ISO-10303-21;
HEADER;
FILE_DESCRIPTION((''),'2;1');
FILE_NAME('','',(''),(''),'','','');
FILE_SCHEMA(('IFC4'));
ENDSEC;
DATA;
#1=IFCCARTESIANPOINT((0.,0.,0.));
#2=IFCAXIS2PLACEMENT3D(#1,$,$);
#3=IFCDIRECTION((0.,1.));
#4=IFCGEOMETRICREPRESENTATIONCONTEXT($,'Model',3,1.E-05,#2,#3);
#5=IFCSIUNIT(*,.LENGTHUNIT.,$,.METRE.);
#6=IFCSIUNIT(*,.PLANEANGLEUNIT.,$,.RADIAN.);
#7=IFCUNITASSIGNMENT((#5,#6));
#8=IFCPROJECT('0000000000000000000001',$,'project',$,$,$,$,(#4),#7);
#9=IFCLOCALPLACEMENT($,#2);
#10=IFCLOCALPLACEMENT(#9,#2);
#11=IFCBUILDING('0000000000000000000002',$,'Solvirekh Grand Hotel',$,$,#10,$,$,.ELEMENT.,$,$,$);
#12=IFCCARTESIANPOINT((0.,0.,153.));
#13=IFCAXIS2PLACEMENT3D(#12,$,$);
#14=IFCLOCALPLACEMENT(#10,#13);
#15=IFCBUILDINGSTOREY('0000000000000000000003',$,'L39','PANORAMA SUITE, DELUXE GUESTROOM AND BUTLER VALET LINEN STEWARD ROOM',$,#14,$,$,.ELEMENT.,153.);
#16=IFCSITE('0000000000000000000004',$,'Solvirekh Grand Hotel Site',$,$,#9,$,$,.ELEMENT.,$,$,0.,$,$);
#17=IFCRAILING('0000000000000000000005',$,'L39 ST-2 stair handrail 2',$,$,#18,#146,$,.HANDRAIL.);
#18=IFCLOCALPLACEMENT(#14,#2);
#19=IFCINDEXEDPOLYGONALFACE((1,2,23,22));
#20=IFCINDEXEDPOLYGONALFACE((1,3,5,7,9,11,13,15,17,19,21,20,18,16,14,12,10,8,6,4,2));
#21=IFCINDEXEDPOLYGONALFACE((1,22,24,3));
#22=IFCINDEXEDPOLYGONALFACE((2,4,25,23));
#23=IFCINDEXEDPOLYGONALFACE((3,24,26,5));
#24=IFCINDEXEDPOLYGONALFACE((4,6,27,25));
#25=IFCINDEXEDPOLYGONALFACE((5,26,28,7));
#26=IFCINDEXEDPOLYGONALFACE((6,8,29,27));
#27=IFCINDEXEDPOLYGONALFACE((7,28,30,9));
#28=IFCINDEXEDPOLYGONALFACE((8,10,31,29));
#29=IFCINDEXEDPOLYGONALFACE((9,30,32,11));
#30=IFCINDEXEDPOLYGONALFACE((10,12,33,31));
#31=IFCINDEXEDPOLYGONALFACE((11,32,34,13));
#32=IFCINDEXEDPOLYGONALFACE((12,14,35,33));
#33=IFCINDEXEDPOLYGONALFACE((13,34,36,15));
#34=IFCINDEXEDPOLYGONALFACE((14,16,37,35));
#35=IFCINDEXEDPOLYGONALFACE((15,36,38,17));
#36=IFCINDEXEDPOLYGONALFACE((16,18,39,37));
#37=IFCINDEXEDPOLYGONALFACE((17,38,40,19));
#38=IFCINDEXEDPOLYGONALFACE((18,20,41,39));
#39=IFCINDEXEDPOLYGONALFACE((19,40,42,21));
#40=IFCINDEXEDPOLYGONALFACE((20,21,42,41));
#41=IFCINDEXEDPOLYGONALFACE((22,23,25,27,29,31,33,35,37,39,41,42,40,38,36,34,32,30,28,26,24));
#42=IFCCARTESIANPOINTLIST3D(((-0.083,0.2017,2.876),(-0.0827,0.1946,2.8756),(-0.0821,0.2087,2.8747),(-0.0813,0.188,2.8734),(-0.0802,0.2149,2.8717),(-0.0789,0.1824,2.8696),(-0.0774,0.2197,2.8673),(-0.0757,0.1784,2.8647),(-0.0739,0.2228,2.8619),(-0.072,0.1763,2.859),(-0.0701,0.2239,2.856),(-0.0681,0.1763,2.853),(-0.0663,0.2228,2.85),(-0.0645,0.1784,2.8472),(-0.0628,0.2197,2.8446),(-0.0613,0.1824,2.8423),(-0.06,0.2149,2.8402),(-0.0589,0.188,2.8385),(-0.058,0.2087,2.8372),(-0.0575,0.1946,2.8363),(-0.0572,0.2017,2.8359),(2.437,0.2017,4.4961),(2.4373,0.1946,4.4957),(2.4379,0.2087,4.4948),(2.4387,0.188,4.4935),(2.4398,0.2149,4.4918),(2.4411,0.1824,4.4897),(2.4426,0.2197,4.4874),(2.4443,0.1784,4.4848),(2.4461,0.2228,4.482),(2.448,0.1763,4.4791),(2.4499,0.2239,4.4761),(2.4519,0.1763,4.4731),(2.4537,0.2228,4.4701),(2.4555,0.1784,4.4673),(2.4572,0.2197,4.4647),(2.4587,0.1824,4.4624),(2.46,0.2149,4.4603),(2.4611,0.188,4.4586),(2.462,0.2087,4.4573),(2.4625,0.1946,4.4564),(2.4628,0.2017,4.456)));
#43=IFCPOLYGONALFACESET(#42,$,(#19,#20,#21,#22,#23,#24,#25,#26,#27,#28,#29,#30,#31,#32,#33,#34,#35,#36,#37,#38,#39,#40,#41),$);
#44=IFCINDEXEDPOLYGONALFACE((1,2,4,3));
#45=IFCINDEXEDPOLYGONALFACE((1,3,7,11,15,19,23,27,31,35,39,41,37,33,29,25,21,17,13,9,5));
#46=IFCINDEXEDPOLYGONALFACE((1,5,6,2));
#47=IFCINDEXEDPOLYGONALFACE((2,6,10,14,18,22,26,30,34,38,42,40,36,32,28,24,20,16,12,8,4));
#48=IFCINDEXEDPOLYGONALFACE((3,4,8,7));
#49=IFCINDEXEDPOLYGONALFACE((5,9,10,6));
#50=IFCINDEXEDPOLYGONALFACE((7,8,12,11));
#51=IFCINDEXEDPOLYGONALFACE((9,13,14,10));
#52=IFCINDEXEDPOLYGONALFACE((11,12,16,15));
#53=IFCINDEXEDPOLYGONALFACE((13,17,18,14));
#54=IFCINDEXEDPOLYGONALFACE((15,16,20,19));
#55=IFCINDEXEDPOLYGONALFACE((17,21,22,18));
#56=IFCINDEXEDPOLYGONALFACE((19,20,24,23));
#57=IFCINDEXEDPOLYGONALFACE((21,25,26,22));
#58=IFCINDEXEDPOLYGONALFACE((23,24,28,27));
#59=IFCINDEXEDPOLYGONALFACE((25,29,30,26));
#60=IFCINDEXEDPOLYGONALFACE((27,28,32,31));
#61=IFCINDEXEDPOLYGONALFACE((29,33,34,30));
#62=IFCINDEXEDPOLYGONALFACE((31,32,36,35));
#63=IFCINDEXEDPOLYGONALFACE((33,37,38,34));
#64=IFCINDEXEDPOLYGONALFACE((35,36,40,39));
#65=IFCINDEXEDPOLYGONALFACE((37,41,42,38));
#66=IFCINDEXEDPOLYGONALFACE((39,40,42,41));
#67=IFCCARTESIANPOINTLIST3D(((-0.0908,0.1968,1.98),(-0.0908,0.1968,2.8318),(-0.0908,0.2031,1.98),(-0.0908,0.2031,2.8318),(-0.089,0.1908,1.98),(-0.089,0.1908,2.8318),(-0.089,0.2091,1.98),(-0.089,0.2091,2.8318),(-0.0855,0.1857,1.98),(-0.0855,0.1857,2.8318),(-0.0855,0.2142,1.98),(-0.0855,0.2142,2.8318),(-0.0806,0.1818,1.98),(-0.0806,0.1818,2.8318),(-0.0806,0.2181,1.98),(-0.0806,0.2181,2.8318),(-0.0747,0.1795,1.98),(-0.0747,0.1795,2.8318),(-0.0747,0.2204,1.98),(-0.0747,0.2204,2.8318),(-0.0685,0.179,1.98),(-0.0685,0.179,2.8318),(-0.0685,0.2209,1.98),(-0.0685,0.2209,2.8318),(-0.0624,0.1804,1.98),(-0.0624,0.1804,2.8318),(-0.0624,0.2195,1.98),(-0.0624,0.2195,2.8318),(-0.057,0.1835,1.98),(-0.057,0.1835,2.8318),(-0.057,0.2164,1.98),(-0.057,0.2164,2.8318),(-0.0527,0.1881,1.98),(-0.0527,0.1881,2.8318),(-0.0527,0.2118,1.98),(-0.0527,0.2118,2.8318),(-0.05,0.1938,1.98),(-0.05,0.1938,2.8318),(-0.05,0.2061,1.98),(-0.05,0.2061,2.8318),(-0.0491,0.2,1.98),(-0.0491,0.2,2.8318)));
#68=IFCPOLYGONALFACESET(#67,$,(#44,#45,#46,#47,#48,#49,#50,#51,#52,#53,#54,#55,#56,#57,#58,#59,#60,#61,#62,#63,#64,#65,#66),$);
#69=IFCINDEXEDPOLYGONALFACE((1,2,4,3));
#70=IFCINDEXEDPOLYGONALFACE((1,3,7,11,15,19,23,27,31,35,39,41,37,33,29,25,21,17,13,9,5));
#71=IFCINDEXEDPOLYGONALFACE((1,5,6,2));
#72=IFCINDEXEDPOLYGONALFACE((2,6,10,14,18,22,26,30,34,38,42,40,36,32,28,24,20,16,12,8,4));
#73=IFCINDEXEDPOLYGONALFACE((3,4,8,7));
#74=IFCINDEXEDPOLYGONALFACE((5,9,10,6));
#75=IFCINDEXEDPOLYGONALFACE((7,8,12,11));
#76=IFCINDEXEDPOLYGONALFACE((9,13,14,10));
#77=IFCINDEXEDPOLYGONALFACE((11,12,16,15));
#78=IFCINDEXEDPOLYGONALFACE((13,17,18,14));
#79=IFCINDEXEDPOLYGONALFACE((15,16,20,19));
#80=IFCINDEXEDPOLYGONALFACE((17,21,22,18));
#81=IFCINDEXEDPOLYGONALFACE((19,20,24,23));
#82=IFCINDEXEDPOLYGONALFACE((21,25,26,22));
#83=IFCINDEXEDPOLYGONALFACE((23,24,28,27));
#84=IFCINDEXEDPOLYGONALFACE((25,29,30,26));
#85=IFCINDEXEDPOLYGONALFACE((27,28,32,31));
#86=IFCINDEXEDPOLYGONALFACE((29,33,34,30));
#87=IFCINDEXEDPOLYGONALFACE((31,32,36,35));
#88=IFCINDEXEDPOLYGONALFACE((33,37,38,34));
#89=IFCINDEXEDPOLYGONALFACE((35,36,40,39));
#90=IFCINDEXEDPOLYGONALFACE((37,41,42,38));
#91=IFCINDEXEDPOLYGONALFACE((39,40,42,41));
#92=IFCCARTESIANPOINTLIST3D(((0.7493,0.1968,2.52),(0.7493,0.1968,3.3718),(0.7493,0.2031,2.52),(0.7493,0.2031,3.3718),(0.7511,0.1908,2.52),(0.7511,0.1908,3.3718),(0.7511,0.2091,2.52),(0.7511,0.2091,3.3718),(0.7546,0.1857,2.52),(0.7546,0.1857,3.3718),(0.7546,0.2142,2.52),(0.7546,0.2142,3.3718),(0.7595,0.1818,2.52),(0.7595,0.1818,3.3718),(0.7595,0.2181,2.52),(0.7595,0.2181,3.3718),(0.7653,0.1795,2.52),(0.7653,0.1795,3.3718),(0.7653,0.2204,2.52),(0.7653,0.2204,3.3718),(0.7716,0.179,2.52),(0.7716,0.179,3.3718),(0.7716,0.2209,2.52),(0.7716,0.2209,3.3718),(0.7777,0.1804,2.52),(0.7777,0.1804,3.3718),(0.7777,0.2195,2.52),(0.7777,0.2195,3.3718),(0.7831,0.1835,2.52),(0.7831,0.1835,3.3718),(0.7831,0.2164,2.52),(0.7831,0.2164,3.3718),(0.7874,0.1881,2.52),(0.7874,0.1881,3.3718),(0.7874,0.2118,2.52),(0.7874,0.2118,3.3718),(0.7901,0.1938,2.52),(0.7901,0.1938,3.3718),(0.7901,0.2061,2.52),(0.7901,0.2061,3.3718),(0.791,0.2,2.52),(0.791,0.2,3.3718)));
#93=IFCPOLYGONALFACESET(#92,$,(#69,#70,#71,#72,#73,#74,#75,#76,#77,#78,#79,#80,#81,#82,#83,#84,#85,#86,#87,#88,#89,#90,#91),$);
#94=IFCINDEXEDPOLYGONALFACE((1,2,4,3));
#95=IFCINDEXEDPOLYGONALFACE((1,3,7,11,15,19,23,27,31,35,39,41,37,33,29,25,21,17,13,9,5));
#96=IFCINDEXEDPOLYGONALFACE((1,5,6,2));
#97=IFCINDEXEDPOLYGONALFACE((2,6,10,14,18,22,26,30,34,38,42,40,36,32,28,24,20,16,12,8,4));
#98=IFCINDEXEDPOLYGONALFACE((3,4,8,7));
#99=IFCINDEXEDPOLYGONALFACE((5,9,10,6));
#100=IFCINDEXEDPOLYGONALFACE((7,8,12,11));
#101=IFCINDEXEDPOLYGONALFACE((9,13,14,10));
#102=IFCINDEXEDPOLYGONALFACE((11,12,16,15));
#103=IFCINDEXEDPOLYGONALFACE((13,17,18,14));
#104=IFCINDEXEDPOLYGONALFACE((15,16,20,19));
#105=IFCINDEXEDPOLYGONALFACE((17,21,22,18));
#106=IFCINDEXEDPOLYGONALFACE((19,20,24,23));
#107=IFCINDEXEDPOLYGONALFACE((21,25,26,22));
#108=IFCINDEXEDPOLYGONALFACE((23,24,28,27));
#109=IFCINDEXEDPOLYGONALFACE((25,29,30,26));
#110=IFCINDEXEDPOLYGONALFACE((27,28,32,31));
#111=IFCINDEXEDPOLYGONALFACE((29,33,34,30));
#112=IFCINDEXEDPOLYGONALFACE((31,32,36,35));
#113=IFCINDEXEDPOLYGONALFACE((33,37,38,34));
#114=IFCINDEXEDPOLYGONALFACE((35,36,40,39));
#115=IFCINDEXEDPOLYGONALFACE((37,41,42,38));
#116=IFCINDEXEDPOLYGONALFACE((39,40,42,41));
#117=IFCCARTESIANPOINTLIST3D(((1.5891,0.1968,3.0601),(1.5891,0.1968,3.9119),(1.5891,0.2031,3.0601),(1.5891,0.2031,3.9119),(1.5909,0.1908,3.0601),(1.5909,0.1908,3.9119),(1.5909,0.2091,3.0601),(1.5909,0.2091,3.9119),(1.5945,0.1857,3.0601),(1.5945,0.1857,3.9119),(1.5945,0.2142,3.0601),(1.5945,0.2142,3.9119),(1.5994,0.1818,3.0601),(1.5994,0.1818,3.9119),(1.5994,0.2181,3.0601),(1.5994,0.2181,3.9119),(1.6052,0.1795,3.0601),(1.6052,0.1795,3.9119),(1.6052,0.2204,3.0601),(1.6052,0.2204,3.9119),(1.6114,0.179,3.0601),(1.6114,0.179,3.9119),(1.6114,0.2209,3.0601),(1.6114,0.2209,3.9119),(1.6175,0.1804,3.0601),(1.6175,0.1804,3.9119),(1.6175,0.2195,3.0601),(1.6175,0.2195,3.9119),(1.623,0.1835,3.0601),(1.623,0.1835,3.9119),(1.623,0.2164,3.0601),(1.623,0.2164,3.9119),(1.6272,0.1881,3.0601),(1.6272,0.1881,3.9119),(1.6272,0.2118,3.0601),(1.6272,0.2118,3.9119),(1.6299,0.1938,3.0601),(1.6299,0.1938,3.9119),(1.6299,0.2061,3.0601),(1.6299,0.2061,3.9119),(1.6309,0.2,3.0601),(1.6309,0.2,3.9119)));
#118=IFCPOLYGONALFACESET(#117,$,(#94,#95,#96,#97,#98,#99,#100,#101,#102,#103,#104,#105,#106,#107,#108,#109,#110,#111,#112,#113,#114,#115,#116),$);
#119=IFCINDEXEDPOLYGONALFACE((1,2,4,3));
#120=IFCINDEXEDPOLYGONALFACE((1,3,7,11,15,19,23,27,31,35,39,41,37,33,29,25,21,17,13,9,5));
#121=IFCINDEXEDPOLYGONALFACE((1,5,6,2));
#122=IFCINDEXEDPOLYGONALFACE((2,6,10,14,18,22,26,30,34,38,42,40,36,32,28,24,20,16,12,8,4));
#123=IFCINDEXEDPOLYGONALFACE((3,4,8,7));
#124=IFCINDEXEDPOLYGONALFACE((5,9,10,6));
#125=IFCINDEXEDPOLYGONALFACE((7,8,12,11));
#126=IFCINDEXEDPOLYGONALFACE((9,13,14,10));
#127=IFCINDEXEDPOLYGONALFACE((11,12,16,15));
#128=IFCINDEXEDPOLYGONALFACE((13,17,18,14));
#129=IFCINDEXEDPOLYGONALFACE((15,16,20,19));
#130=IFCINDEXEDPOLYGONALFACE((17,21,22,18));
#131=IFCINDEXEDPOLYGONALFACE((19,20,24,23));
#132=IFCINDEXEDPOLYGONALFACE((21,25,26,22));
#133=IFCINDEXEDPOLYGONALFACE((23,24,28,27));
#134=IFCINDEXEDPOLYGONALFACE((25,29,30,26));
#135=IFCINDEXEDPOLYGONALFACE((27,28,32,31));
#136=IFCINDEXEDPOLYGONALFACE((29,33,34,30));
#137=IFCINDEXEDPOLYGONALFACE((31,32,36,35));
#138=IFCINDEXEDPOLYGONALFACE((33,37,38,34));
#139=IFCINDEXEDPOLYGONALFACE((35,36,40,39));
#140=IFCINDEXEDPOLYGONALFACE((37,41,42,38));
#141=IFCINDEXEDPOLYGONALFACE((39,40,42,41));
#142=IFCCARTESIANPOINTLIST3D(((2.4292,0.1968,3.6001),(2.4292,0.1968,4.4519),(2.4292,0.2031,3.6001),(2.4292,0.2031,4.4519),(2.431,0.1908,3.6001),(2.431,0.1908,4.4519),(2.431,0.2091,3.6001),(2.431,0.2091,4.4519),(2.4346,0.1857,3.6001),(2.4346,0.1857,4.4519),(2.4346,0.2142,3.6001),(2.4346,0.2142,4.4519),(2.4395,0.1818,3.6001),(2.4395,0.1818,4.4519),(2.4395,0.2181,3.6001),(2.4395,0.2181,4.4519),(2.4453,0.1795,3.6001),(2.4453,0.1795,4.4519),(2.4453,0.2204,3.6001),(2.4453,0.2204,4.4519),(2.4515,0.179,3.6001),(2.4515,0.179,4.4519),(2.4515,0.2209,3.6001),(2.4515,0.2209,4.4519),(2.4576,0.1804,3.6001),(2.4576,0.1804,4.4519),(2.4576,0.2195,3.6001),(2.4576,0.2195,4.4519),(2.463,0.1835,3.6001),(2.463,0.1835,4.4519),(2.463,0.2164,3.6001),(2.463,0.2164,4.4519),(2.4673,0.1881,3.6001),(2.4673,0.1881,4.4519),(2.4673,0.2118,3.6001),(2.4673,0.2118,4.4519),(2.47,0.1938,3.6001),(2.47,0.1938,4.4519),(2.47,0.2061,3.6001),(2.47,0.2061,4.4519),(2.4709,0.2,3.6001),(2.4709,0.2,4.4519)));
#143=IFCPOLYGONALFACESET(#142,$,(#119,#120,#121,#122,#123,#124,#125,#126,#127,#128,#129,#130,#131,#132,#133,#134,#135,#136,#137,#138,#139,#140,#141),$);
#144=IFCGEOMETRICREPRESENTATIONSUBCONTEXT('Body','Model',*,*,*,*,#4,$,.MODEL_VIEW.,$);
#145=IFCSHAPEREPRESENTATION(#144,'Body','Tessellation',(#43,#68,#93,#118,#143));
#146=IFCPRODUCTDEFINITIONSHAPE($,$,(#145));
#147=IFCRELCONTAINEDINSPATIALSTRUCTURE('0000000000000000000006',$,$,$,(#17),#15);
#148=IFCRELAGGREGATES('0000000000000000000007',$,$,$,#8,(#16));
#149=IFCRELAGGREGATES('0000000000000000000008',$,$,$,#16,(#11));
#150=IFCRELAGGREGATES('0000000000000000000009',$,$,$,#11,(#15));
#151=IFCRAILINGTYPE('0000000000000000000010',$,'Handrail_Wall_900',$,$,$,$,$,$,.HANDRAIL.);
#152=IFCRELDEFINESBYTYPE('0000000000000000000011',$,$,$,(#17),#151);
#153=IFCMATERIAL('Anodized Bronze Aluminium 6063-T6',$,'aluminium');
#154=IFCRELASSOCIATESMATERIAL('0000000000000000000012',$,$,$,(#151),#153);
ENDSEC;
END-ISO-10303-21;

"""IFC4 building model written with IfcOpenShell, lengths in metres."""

from ifc_helpers import new_model, si_unit, direction, frame, origin, origin_2d, place, context, subcontext, project, spatial, circle, extrude, material, type_object, element, save


model = new_model("IFC4")

# Units and contexts
model_context = context("Model", 3, precision=1e-05, world=origin(), true_north=direction((0.0, 1.0)))
body_context = subcontext(model_context, "Body", "Model", "MODEL_VIEW")
ifc_project = project(units=[si_unit("LENGTHUNIT", "METRE"), si_unit("PLANEANGLEUNIT", "RADIAN")], contexts=[model_context])

# Site, building, storey
site_placement = place(None, origin())
site = spatial("IfcSite", under=ifc_project, at=site_placement, Name="Solvirekh Grand Hotel Site", CompositionType="ELEMENT", RefElevation=0.0)
building_placement = place(site_placement, origin())
building = spatial("IfcBuilding", under=site, at=building_placement, Name="Solvirekh Grand Hotel", CompositionType="ELEMENT")
storey_placement = place(building_placement, frame((0.0, 0.0, 153.0)))
storey = spatial("IfcBuildingStorey", under=building, at=storey_placement, Name="L39", Description="PANORAMA SUITE, DELUXE GUESTROOM AND BUTLER VALET LINEN STEWARD ROOM", CompositionType="ELEMENT", Elevation=153.0)

# Railing
ifc_material_1 = material(Name="Anodized Bronze Aluminium 6063-T6", Category="aluminium")
railing_type_1 = type_object("IfcRailingType", Name="Handrail_Wall_900", PredefinedType="HANDRAIL", material=ifc_material_1)
railing_1_placement = place(storey_placement, frame((-0.0701, 0.2, 1.98)))
element("IfcRailing", 1, at=railing_1_placement, inside=storey, type_object=railing_type_1, Name="L39 ST-2 stair handrail 2", PredefinedType="HANDRAIL", context=body_context, shape_type="SweptSolid", body=[
    extrude(circle(Radius=0.0239, at=origin_2d()), frame((0.0, 0.0, 0.876), z_axis=(0.841163, 0.0, 0.540782), x_axis=(0.0, 1.0, 0.0)), (0.0, 0.0, 1.0), 2.9958),
    extrude(circle(Radius=0.021, at=origin_2d()), origin(), (0.0, 0.0, 1.0), 0.8518),
    extrude(circle(Radius=0.021, at=origin_2d()), frame((0.8401, 0.0, 0.54)), (0.0, 0.0, 1.0), 0.8518),
    extrude(circle(Radius=0.021, at=origin_2d()), frame((1.6799, 0.0, 1.0801)), (0.0, 0.0, 1.0), 0.8518),
    extrude(circle(Radius=0.021, at=origin_2d()), frame((2.52, 0.0, 1.6201)), (0.0, 0.0, 1.0), 0.8518),
])

save(model, "model.ifc")
